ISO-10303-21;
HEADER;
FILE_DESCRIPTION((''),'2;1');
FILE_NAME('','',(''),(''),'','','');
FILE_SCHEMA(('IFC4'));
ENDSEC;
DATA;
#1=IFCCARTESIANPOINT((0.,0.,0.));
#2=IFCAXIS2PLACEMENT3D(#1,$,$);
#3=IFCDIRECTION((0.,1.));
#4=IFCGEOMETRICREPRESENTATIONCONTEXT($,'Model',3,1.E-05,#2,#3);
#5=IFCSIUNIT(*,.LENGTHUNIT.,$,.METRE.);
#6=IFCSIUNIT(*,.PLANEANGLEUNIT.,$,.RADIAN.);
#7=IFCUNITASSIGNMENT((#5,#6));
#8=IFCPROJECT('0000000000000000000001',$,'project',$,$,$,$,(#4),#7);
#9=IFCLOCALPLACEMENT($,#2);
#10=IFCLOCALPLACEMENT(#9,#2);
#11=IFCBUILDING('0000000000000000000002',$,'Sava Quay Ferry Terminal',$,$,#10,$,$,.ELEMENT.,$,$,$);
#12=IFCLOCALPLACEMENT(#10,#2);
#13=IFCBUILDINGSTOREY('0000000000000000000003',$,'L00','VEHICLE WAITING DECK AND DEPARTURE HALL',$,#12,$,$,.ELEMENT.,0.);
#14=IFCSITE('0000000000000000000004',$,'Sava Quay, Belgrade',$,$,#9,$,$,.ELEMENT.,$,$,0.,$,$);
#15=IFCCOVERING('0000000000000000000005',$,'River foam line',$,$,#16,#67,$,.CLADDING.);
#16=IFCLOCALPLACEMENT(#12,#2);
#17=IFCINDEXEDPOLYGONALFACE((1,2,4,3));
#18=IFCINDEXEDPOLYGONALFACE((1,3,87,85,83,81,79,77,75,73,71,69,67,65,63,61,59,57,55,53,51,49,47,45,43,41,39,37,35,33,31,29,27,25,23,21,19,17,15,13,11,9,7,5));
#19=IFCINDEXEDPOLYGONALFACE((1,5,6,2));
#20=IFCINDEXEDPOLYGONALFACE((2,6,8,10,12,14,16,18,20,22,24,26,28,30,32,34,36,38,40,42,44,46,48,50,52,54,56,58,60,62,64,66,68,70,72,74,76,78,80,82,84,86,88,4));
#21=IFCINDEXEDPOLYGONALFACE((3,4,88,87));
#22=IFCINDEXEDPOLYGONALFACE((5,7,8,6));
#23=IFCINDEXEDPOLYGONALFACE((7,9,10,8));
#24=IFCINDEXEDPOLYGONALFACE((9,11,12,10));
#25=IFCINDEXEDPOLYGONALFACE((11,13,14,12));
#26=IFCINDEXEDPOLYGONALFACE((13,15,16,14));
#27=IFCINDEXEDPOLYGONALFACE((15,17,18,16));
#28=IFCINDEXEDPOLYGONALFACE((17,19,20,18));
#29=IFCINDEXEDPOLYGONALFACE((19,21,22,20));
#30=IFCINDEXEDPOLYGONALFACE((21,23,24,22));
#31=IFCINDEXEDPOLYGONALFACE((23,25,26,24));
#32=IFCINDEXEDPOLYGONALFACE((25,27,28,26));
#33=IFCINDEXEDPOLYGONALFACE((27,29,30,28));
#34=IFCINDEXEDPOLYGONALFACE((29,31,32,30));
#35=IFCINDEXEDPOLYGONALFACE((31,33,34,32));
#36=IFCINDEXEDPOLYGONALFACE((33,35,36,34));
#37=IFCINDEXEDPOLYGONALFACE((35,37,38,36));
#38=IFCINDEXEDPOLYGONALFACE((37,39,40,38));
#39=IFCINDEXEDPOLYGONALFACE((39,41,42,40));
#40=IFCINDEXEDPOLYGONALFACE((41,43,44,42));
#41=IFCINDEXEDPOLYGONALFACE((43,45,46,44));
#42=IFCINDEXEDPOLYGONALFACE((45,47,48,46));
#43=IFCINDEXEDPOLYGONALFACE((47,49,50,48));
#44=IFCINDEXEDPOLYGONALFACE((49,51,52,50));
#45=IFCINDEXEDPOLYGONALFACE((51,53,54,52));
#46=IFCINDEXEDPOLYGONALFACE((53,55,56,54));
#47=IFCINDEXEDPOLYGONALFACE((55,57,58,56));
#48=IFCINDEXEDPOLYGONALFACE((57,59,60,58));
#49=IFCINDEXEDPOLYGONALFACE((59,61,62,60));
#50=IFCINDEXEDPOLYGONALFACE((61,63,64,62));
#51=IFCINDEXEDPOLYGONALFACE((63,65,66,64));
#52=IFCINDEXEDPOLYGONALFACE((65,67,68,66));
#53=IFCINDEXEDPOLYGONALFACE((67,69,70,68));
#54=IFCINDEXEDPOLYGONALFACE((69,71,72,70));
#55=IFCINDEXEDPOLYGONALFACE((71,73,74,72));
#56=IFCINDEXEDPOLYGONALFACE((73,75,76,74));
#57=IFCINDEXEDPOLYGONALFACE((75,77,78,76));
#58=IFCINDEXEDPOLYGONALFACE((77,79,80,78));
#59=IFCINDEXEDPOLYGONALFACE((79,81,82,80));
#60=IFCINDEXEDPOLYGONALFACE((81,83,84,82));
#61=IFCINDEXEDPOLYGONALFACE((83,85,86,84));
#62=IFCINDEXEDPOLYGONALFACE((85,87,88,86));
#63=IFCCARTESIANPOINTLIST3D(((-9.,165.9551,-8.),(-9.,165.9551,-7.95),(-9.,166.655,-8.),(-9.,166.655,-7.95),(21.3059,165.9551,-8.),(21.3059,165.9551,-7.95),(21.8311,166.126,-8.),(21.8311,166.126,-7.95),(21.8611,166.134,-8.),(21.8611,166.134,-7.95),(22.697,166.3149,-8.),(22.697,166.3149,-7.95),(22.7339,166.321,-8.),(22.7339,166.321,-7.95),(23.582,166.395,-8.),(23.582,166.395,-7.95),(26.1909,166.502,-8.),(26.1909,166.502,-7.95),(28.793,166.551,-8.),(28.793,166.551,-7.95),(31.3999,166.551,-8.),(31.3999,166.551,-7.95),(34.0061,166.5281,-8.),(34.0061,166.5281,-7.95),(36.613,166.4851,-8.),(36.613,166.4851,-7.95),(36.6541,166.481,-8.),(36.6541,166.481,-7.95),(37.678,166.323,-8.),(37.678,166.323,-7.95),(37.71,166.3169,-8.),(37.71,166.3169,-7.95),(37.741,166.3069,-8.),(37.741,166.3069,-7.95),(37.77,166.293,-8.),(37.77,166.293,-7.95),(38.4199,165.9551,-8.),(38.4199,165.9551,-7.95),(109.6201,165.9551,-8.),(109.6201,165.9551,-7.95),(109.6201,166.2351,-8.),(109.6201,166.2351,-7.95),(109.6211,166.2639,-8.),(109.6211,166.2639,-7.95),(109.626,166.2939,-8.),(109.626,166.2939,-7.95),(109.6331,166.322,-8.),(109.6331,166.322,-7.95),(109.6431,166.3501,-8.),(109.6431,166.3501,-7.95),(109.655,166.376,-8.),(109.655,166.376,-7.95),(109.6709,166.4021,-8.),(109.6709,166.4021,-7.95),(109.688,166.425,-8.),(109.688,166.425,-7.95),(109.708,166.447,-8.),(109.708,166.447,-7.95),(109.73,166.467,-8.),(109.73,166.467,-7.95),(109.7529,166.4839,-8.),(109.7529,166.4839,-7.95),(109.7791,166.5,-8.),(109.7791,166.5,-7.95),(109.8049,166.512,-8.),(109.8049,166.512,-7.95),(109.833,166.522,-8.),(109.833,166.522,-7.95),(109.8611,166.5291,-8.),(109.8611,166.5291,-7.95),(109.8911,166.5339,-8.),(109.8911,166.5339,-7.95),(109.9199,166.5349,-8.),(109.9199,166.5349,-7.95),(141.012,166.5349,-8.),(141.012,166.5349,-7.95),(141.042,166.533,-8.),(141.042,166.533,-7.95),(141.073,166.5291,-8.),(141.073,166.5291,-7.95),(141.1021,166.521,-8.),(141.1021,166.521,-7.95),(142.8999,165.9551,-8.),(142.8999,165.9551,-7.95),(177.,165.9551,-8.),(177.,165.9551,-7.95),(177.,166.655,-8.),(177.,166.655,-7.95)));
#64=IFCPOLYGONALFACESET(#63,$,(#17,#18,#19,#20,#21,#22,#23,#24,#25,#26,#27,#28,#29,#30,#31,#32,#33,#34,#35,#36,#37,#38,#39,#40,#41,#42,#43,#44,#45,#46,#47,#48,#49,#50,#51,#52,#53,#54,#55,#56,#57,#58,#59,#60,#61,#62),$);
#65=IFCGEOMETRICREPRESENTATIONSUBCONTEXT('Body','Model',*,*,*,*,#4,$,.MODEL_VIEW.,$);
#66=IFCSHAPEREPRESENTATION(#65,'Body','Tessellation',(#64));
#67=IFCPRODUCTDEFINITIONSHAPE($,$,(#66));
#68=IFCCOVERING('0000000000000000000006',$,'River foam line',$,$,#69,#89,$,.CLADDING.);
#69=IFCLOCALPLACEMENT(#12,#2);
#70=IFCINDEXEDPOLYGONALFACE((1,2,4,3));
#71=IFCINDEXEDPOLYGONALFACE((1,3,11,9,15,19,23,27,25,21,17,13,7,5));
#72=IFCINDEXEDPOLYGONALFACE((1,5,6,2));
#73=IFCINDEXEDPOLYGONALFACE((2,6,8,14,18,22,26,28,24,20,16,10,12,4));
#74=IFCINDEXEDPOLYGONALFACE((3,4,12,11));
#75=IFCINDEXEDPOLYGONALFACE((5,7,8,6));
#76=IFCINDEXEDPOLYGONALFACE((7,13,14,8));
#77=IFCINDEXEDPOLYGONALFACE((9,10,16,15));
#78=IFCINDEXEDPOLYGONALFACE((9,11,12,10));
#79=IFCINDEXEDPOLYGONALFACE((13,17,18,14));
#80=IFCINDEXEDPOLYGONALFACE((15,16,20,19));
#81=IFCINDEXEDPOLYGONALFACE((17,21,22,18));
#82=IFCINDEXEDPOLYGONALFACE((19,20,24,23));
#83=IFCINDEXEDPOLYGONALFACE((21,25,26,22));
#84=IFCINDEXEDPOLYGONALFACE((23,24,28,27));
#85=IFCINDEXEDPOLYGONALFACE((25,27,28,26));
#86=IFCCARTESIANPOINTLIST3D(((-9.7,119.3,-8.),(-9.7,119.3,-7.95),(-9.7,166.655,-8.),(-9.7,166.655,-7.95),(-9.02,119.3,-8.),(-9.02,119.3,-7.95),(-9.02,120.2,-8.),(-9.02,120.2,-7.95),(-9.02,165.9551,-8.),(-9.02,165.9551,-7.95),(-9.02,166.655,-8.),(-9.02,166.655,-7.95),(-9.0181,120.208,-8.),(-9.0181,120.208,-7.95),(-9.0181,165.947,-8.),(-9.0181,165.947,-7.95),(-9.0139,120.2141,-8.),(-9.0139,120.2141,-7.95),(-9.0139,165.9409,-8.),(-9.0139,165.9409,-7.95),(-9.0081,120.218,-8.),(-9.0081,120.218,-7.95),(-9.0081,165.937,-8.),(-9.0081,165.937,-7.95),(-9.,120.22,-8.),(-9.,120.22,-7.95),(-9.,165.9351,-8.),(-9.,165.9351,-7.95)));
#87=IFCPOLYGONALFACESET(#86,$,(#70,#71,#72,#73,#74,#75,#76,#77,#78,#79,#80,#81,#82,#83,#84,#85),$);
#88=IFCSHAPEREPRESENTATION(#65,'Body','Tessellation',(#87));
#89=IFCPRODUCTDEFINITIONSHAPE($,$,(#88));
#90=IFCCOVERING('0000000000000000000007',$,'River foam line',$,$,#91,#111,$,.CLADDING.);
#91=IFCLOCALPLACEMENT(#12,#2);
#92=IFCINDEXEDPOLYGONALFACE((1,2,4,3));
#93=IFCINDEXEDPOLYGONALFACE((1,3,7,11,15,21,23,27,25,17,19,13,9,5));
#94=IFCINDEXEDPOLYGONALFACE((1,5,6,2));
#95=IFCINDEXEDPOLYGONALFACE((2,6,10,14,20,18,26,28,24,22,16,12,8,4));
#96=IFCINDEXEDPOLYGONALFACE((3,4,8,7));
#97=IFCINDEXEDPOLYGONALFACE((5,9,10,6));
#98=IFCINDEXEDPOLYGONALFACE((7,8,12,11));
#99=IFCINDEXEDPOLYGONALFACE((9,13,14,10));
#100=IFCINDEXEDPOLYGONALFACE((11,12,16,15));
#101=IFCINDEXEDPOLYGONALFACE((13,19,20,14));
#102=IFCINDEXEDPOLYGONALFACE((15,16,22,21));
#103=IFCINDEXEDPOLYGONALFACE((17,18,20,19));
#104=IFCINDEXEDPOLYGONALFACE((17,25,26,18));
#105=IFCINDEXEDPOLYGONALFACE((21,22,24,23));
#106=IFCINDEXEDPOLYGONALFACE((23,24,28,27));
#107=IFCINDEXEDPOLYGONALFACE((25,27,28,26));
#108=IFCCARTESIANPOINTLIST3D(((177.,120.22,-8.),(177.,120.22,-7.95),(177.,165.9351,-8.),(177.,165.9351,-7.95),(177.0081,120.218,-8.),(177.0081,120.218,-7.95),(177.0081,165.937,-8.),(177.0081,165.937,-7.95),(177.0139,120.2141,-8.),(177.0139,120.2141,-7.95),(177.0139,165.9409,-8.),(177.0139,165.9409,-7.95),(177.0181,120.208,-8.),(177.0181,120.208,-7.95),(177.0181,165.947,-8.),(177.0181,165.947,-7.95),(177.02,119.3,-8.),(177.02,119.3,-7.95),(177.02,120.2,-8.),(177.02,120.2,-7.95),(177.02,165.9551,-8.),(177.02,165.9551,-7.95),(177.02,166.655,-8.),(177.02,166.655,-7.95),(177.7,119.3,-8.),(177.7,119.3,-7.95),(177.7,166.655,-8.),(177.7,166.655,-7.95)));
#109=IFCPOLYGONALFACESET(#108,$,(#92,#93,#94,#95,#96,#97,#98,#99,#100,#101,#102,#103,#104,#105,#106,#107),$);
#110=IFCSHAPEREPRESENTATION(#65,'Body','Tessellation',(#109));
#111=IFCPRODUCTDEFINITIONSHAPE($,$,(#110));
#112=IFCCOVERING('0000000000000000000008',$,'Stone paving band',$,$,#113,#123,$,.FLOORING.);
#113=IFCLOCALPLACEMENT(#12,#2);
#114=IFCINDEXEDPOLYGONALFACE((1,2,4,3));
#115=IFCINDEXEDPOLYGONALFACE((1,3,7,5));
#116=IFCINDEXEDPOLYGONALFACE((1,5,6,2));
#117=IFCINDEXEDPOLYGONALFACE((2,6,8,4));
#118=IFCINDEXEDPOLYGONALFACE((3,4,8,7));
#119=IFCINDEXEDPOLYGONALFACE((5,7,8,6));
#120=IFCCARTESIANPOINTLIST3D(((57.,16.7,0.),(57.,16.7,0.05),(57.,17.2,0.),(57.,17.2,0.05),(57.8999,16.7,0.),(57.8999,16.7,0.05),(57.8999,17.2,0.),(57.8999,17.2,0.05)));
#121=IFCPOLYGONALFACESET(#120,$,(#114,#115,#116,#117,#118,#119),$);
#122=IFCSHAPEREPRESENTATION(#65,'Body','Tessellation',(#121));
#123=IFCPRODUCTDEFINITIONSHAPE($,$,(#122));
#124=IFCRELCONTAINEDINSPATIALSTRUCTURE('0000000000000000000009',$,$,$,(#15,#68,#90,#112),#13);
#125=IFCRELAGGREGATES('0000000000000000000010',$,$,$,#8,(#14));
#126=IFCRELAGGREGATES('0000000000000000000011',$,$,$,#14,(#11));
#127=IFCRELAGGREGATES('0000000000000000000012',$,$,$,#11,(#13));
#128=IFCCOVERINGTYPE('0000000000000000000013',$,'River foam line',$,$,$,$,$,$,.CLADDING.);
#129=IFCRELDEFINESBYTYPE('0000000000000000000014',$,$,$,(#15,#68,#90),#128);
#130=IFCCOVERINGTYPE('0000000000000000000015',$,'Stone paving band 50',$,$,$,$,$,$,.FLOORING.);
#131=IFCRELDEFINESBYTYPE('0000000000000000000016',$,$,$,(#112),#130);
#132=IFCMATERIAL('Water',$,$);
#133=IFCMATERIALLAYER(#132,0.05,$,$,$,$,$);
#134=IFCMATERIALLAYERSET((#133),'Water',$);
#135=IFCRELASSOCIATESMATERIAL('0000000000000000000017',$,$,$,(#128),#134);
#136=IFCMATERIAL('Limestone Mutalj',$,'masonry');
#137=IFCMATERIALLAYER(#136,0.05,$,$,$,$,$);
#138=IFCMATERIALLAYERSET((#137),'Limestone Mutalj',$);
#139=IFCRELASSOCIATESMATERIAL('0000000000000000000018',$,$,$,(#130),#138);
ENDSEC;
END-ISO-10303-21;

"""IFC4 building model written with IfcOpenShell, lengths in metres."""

from ifc_helpers import new_model, si_unit, direction, frame, origin, place, context, subcontext, project, spatial, polyline, outline, extrude, material, layer, layer_set, type_object, element, save


model = new_model("IFC4")

# Units and contexts
model_context = context("Model", 3, precision=1e-05, world=origin(), true_north=direction((0.0, 1.0)))
body_context = subcontext(model_context, "Body", "Model", "MODEL_VIEW")
ifc_project = project(units=[si_unit("LENGTHUNIT", "METRE"), si_unit("PLANEANGLEUNIT", "RADIAN")], contexts=[model_context])

# Site, building, storey
site_placement = place(None, origin())
site = spatial("IfcSite", under=ifc_project, at=site_placement, Name="Sava Quay, Belgrade", CompositionType="ELEMENT", RefElevation=0.0)
building_placement = place(site_placement, origin())
building = spatial("IfcBuilding", under=site, at=building_placement, Name="Sava Quay Ferry Terminal", CompositionType="ELEMENT")
storey_placement = place(building_placement, origin())
storey = spatial("IfcBuildingStorey", under=building, at=storey_placement, Name="L00", Description="VEHICLE WAITING DECK AND DEPARTURE HALL", CompositionType="ELEMENT", Elevation=0.0)

# Coverings
ifc_material_1 = material(Name="Water")
ifc_layer_1 = layer(ifc_material_1, 0.05)
ifc_layer_set_1 = layer_set([ifc_layer_1], Name="Water")
covering_type_1 = type_object("IfcCoveringType", Name="River foam line", PredefinedType="CLADDING", material=ifc_layer_set_1)
covering_1_placement = place(storey_placement, frame((0.0, 0.0, -8.0)))
element("IfcCovering", 1, at=covering_1_placement, inside=storey, type_object=covering_type_1, Name="River foam line", PredefinedType="CLADDING", context=body_context, shape_type="SweptSolid", body=[
    extrude(outline(polyline([(142.8999, 165.9551), (177.0, 165.9551), (177.0, 166.655), (-9.0, 166.655), (-9.0, 165.9551), (21.3059, 165.9551), (21.8311, 166.126), (21.8611, 166.134), (22.697, 166.3149), (22.7339, 166.321), (23.582, 166.395), (26.1909, 166.502), (28.793, 166.551), (31.3999, 166.551), (34.0061, 166.5281), (36.613, 166.4851), (36.6541, 166.481), (37.678, 166.323), (37.71, 166.3169), (37.741, 166.3069), (37.77, 166.293), (38.4199, 165.9551), (109.6201, 165.9551), (109.6201, 166.2351), (109.6211, 166.2639), (109.626, 166.2939), (109.6331, 166.322), (109.6431, 166.3501), (109.655, 166.376), (109.6709, 166.4021), (109.688, 166.425), (109.708, 166.447), (109.73, 166.467), (109.7529, 166.4839), (109.7791, 166.5), (109.8049, 166.512), (109.833, 166.522), (109.8611, 166.5291), (109.8911, 166.5339), (109.9199, 166.5349), (141.012, 166.5349), (141.042, 166.533), (141.073, 166.5291), (141.1021, 166.521), (142.8999, 165.9551)])), origin(), (0.0, 0.0, 1.0), 0.05),
])
covering_2_placement = place(storey_placement, frame((0.0, 0.0, -8.0)))
element("IfcCovering", 2, at=covering_2_placement, inside=storey, type_object=covering_type_1, Name="River foam line", PredefinedType="CLADDING", context=body_context, shape_type="SweptSolid", body=[
    extrude(outline(polyline([(-9.7, 166.655), (-9.7, 119.3), (-9.02, 119.3), (-9.02, 120.2), (-9.0181, 120.208), (-9.0139, 120.2141), (-9.0081, 120.218), (-9.0, 120.22), (-9.0, 165.9351), (-9.0081, 165.937), (-9.0139, 165.9409), (-9.0181, 165.947), (-9.02, 165.9551), (-9.02, 166.655), (-9.7, 166.655)])), origin(), (0.0, 0.0, 1.0), 0.05),
])
covering_3_placement = place(storey_placement, frame((0.0, 0.0, -8.0)))
element("IfcCovering", 3, at=covering_3_placement, inside=storey, type_object=covering_type_1, Name="River foam line", PredefinedType="CLADDING", context=body_context, shape_type="SweptSolid", body=[
    extrude(outline(polyline([(177.7, 119.3), (177.7, 166.655), (177.02, 166.655), (177.02, 165.9551), (177.0181, 165.947), (177.0139, 165.9409), (177.0081, 165.937), (177.0, 165.9351), (177.0, 120.22), (177.0081, 120.218), (177.0139, 120.2141), (177.0181, 120.208), (177.02, 120.2), (177.02, 119.3), (177.7, 119.3)])), origin(), (0.0, 0.0, 1.0), 0.05),
])
ifc_material_2 = material(Name="Limestone Mutalj", Category="masonry")
ifc_layer_2 = layer(ifc_material_2, 0.05)
ifc_layer_set_2 = layer_set([ifc_layer_2], Name="Limestone Mutalj")
covering_type_2 = type_object("IfcCoveringType", Name="Stone paving band 50", PredefinedType="FLOORING", material=ifc_layer_set_2)
covering_4_placement = place(storey_placement, origin())
element("IfcCovering", 4, at=covering_4_placement, inside=storey, type_object=covering_type_2, Name="Stone paving band", PredefinedType="FLOORING", context=body_context, shape_type="SweptSolid", body=[
    extrude(outline(polyline([(57.0, 17.2), (57.0, 16.7), (57.8999, 16.7), (57.8999, 17.2), (57.0, 17.2)])), origin(), (0.0, 0.0, 1.0), 0.05),
])

save(model, "model.ifc")
